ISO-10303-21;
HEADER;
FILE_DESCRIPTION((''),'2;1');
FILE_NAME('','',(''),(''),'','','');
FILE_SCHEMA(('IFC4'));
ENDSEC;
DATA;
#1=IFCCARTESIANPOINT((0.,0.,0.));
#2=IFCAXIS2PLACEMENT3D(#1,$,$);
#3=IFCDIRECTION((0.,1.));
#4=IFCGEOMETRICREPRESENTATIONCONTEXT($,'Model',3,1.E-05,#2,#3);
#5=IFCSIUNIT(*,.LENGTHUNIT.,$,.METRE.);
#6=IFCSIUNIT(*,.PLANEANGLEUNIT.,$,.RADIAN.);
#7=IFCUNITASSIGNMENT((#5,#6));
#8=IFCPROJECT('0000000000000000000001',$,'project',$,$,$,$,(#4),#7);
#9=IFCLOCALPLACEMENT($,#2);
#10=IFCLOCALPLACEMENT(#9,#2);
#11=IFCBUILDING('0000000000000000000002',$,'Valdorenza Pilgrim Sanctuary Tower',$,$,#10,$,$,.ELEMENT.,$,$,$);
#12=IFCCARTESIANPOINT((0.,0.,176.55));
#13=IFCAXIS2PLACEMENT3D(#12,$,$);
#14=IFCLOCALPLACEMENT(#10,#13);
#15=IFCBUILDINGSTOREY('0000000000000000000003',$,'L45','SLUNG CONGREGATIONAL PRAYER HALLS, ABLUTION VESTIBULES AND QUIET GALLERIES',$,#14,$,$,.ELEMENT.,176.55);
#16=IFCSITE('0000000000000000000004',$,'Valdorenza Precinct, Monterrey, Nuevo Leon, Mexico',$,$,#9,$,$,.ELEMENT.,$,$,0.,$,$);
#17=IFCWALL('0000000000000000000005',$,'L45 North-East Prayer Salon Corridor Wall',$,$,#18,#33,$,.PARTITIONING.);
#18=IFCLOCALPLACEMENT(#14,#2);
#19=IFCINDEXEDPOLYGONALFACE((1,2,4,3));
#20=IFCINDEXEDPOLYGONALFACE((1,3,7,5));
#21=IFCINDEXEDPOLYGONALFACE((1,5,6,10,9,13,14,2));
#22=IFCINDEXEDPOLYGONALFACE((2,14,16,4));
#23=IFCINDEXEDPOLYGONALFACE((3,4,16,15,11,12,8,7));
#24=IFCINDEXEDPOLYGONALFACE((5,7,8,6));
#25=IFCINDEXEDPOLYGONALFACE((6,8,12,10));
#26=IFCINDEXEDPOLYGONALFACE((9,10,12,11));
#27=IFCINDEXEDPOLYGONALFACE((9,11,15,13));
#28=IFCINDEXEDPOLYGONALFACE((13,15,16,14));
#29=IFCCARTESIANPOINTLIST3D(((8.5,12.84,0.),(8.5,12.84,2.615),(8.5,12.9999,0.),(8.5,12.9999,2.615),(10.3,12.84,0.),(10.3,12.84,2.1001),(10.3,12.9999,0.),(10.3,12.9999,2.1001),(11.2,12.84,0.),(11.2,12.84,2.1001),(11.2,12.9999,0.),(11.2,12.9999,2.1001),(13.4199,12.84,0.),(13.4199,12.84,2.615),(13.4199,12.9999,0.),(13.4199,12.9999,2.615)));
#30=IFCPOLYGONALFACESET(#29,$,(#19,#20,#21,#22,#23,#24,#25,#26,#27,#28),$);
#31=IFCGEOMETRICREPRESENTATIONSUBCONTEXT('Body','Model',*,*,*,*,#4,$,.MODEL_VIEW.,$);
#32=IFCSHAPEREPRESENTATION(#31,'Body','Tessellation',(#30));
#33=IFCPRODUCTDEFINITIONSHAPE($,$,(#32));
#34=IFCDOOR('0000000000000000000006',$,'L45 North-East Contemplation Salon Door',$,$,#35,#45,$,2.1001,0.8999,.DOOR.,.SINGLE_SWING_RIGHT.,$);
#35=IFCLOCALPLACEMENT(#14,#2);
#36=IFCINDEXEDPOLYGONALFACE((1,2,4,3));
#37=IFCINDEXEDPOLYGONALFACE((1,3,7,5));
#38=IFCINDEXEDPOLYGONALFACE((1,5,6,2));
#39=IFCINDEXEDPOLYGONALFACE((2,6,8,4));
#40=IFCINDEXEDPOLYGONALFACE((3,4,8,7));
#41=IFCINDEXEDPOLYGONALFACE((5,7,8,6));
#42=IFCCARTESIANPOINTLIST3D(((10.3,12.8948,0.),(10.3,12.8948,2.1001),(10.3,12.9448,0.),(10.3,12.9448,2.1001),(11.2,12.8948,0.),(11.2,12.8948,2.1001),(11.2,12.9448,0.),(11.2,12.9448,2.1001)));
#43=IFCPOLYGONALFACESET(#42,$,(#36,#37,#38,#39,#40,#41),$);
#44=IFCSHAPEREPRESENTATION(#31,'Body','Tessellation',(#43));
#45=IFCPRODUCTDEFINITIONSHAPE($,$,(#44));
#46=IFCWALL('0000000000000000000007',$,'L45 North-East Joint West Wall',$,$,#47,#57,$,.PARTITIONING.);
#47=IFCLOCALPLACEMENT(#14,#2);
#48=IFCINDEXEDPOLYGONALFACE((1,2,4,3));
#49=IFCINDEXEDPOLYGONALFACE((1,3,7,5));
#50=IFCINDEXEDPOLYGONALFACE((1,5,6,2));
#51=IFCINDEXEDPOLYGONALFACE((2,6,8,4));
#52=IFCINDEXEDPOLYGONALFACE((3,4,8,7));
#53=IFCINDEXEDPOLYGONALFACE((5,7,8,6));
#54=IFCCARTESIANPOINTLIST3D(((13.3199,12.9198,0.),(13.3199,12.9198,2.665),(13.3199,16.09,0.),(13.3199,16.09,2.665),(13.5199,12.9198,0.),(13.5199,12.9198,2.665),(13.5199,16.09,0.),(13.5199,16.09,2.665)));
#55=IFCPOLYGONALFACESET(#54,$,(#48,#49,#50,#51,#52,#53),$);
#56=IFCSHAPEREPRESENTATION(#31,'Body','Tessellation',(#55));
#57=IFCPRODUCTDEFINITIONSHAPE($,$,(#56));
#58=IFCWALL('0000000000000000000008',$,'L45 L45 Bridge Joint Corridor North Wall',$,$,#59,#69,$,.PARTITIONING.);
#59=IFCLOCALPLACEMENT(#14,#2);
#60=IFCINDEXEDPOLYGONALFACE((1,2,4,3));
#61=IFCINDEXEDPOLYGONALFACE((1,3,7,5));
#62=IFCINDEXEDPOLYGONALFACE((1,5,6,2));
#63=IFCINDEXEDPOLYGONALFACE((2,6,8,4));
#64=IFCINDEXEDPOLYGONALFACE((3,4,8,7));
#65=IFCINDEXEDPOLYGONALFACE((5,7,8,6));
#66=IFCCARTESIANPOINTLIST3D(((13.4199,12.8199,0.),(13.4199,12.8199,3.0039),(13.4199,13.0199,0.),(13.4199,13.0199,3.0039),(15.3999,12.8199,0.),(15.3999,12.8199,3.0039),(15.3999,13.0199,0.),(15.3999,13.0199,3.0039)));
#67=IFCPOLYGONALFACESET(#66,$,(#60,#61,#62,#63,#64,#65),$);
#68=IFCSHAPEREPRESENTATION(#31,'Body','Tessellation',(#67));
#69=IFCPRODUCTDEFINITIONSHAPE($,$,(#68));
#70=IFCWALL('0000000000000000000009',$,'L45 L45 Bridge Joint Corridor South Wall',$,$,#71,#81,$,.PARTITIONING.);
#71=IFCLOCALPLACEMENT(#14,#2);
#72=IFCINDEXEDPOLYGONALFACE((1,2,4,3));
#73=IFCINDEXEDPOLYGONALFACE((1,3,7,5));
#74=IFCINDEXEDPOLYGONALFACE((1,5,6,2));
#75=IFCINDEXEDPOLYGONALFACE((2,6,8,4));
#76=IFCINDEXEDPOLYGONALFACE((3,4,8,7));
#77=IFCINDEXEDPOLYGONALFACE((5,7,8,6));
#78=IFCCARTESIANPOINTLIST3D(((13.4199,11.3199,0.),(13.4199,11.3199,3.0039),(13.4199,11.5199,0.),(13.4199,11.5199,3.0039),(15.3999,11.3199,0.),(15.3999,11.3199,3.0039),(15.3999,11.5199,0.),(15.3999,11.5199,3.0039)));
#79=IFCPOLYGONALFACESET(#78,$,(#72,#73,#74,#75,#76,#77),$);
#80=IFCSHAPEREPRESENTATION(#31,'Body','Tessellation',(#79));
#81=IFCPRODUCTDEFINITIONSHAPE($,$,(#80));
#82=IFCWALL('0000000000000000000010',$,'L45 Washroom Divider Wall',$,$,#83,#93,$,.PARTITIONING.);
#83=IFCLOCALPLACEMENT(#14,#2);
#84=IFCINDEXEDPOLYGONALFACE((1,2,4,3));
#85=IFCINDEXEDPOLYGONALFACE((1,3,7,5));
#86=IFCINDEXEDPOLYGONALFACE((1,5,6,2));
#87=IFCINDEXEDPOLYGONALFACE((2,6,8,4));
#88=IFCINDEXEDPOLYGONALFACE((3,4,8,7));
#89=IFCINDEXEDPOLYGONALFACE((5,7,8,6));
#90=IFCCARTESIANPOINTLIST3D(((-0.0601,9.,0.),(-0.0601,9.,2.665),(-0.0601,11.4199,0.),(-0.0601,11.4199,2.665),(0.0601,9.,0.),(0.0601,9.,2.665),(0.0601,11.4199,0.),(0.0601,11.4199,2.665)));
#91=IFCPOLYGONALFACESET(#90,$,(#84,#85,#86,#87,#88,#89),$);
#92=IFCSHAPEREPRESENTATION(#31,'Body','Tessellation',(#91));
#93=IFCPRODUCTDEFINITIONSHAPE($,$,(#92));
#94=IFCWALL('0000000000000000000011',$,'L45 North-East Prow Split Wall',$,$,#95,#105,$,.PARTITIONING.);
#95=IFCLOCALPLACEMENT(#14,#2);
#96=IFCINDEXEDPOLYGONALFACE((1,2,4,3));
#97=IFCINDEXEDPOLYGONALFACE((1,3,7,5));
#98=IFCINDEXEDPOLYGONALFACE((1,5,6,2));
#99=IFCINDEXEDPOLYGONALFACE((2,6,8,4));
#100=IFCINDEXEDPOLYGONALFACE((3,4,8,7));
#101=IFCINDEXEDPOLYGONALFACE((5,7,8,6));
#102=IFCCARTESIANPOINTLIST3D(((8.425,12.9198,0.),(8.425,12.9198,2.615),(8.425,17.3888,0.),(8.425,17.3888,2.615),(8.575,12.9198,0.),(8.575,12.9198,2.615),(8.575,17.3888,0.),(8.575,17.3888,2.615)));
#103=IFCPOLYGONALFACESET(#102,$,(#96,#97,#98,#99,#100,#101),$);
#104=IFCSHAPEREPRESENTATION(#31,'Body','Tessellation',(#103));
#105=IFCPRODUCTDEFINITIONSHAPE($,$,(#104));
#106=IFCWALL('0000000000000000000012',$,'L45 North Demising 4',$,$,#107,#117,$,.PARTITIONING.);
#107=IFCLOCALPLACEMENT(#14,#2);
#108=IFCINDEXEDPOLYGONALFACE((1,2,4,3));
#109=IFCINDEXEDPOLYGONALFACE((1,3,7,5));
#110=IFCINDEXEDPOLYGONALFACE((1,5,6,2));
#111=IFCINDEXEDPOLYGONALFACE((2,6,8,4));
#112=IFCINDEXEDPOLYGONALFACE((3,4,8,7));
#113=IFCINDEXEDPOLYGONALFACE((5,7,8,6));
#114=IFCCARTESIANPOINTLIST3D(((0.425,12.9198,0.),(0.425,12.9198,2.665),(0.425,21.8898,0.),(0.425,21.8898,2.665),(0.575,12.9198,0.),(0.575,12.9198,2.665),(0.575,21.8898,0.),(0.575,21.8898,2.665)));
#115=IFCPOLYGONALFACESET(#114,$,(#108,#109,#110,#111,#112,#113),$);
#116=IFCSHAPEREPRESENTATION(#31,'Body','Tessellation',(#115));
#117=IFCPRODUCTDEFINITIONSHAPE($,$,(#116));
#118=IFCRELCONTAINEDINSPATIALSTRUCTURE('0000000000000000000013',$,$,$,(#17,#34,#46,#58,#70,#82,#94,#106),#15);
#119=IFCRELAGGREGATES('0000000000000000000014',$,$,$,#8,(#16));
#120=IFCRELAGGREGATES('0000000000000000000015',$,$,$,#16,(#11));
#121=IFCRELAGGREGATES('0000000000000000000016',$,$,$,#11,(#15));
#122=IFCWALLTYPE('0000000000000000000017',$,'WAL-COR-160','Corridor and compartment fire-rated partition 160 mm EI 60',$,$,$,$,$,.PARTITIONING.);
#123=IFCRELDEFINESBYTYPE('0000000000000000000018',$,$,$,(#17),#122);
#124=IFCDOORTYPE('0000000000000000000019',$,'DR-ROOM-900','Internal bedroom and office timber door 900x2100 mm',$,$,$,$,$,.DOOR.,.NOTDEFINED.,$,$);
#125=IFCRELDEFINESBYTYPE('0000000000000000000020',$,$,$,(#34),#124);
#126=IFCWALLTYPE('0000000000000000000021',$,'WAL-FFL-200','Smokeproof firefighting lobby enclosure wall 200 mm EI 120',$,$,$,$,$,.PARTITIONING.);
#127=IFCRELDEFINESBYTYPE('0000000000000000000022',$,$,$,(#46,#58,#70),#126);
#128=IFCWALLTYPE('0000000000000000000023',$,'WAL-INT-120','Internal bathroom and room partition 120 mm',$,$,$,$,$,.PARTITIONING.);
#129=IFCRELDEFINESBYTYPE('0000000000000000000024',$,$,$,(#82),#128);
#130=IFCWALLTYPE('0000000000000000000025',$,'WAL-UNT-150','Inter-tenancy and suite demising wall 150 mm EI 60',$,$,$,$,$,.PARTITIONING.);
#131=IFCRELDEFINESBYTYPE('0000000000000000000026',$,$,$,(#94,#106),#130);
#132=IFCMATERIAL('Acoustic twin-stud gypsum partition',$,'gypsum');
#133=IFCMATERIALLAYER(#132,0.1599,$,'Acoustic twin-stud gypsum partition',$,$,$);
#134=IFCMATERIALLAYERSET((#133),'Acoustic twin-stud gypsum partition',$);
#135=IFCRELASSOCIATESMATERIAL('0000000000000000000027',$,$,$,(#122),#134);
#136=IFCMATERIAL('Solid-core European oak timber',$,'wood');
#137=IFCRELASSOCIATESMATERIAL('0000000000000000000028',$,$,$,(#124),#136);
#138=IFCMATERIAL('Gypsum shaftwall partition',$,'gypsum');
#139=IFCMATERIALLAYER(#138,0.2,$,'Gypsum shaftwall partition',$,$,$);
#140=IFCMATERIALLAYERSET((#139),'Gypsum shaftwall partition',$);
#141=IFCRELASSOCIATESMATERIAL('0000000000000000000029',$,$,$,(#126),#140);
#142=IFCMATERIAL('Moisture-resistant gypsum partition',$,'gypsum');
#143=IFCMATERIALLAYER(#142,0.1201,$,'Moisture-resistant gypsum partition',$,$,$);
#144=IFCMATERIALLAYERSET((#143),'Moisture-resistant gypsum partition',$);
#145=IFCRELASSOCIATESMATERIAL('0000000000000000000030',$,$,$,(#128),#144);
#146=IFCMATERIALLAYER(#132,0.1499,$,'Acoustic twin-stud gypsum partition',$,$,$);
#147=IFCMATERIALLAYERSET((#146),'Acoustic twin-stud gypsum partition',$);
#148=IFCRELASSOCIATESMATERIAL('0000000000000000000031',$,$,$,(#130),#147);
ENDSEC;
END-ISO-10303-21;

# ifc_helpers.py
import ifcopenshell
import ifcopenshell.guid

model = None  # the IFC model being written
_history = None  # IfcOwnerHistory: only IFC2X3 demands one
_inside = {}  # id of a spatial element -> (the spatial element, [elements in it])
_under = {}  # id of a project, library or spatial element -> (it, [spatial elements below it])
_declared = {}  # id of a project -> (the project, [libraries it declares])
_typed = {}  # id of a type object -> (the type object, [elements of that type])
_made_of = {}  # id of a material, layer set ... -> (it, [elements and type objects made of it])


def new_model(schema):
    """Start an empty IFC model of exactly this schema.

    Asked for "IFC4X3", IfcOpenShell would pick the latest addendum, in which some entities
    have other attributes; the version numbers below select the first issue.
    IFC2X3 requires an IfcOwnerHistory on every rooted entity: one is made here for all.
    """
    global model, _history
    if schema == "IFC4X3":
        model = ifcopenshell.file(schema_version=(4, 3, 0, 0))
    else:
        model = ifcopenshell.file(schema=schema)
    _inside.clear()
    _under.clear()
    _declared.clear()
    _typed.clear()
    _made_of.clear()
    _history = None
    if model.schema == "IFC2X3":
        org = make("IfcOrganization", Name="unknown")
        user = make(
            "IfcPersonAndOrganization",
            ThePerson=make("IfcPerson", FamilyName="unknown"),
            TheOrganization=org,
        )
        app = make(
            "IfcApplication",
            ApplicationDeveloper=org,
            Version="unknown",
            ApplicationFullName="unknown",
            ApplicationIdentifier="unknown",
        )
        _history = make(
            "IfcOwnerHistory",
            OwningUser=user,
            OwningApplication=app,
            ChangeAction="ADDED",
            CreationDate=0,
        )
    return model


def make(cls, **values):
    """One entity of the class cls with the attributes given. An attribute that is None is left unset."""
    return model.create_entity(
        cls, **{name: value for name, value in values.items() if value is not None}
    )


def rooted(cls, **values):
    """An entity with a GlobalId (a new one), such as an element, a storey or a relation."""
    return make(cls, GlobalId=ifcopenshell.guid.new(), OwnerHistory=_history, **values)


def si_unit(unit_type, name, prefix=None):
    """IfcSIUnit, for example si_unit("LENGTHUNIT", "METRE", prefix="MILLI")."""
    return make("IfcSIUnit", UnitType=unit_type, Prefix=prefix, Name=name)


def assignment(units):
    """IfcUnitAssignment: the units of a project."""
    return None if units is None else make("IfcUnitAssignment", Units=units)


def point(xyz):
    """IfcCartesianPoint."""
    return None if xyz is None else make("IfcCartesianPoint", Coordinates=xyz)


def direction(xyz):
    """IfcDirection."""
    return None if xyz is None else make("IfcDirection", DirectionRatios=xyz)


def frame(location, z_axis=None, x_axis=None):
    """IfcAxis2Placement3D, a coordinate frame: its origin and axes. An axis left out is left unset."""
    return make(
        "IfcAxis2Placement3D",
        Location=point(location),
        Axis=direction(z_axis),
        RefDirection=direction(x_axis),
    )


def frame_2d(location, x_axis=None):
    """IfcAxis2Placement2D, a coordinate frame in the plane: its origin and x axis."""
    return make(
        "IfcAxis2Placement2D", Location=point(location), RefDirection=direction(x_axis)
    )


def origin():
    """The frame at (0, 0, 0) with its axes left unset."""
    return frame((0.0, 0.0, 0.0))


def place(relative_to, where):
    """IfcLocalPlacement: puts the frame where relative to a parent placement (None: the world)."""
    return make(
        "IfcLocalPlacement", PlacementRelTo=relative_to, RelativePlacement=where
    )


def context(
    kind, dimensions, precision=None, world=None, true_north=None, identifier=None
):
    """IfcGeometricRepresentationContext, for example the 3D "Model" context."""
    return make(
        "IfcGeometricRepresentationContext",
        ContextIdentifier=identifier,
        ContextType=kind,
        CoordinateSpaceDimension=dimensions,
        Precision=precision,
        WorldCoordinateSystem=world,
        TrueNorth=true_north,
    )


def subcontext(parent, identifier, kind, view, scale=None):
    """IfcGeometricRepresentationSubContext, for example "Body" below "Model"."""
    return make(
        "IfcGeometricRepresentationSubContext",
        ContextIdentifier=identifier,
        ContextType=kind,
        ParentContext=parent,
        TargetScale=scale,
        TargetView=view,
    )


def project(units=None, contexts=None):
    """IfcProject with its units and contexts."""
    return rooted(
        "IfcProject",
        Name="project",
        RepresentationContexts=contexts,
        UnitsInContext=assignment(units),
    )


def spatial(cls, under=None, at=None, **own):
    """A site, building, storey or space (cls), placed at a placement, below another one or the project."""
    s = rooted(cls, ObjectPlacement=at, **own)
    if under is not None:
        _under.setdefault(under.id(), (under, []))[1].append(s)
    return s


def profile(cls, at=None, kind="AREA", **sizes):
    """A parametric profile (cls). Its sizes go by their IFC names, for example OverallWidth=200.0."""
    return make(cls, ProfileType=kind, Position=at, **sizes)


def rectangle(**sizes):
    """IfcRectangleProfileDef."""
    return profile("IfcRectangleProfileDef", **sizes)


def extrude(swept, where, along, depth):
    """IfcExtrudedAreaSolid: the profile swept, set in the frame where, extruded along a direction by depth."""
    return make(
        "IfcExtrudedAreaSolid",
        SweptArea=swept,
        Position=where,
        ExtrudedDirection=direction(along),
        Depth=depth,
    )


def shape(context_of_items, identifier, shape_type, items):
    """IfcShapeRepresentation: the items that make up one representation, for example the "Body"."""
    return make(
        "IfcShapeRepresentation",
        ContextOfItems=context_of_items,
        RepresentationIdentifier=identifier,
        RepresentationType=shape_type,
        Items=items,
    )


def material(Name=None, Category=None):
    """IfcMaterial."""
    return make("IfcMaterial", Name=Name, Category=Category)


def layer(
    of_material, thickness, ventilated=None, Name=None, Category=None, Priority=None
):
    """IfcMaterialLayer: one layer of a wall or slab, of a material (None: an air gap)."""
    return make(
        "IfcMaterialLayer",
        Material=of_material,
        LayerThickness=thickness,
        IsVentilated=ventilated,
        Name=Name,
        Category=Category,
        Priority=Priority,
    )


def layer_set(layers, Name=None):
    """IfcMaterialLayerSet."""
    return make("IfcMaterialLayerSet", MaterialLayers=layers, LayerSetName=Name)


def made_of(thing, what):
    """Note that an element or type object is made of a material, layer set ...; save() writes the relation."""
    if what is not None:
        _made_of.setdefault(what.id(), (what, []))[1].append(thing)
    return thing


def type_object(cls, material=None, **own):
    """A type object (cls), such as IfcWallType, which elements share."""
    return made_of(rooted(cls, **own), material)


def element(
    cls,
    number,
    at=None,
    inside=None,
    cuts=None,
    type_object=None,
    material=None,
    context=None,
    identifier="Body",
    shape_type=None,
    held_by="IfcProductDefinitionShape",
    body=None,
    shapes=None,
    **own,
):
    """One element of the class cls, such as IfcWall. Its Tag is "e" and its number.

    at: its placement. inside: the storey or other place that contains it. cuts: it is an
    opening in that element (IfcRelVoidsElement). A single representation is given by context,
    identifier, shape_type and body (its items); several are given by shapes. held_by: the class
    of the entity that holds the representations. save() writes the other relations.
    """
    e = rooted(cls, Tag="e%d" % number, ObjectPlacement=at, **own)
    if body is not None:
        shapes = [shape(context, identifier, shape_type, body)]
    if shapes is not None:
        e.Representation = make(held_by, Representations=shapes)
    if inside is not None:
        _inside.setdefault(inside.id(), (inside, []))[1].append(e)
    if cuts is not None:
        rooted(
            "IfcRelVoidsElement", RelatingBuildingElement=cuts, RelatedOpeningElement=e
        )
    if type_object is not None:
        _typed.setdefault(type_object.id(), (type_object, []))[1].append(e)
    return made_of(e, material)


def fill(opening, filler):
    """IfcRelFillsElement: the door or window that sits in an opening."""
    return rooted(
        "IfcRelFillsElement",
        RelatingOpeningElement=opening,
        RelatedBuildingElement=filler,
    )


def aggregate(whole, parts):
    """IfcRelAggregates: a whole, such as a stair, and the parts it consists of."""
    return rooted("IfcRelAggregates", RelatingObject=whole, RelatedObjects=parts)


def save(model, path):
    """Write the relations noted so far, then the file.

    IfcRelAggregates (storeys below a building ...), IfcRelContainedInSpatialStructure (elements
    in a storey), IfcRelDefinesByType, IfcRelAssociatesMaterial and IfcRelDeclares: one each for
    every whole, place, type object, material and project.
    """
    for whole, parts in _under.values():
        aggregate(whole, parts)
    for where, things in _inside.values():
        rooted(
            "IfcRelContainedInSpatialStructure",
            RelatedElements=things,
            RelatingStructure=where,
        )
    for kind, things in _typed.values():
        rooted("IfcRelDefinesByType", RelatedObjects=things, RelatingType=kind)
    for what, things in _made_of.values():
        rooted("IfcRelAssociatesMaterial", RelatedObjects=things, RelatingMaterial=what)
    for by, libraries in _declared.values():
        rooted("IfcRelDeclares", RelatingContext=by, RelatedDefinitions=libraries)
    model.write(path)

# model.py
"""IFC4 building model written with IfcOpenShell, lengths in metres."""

from ifc_helpers import new_model, si_unit, direction, frame, frame_2d, origin, place, context, subcontext, project, spatial, rectangle, extrude, material, layer, layer_set, type_object, element, fill, save


model = new_model("IFC4")

# Units and contexts
model_context = context("Model", 3, precision=1e-05, world=origin(), true_north=direction((0.0, 1.0)))
body_context = subcontext(model_context, "Body", "Model", "MODEL_VIEW")
ifc_project = project(units=[si_unit("LENGTHUNIT", "METRE"), si_unit("PLANEANGLEUNIT", "RADIAN")], contexts=[model_context])

# Site, building, storey
site_placement = place(None, origin())
site = spatial("IfcSite", under=ifc_project, at=site_placement, Name="Valdorenza Precinct, Monterrey, Nuevo Leon, Mexico", CompositionType="ELEMENT", RefElevation=0.0)
building_placement = place(site_placement, origin())
building = spatial("IfcBuilding", under=site, at=building_placement, Name="Valdorenza Pilgrim Sanctuary Tower", CompositionType="ELEMENT")
storey_placement = place(building_placement, frame((0.0, 0.0, 176.55)))
storey = spatial("IfcBuildingStorey", under=building, at=storey_placement, Name="L45", Description="SLUNG CONGREGATIONAL PRAYER HALLS, ABLUTION VESTIBULES AND QUIET GALLERIES", CompositionType="ELEMENT", Elevation=176.55)

# Shared definitions
ifc_material_1 = material(Name="Acoustic twin-stud gypsum partition", Category="gypsum")
ifc_layer_1 = layer(ifc_material_1, 0.1599, Name="Acoustic twin-stud gypsum partition")
ifc_layer_set_1 = layer_set([ifc_layer_1], Name="Acoustic twin-stud gypsum partition")
wall_type_1 = type_object("IfcWallType", Name="WAL-COR-160", Description="Corridor and compartment fire-rated partition 160 mm EI 60", PredefinedType="PARTITIONING", material=ifc_layer_set_1)

# Wall, opening, door
wall_1_placement = place(storey_placement, frame((8.5, 12.9199, 0.0), z_axis=(0.0, 0.0, 1.0), x_axis=(1.0, 0.0, 0.0)))
wall_1 = element("IfcWall", 1, at=wall_1_placement, inside=storey, type_object=wall_type_1, Name="L45 North-East Prayer Salon Corridor Wall", PredefinedType="PARTITIONING", context=body_context, shape_type="SweptSolid", body=[
    extrude(rectangle(XDim=4.9199, YDim=0.1599, at=frame_2d((2.46, 0.0))), origin(), (0.0, 0.0, 1.0), 2.615),
])
opening_1_placement = place(wall_1_placement, frame((1.8, 0.0, 0.0)))
opening_1 = element("IfcOpeningElement", 2, at=opening_1_placement, cuts=wall_1, PredefinedType="OPENING", context=body_context, shape_type="SweptSolid", body=[
    extrude(rectangle(XDim=0.8999, YDim=2.1001, at=frame_2d((0.45, 1.05))), frame((0.0, 0.0947, 0.0), z_axis=(0.0, -1.0, 0.0), x_axis=(1.0, 0.0, 0.0)), (0.0, 0.0, 1.0), 0.1897),
])
ifc_material_2 = material(Name="Solid-core European oak timber", Category="wood")
door_type_1 = type_object("IfcDoorType", Name="DR-ROOM-900", Description="Internal bedroom and office timber door 900x2100 mm", OperationType="NOTDEFINED", PredefinedType="DOOR", material=ifc_material_2)
door_1_placement = place(opening_1_placement, origin())
door_1 = element("IfcDoor", 3, at=door_1_placement, inside=storey, type_object=door_type_1, Name="L45 North-East Contemplation Salon Door", OperationType="SINGLE_SWING_RIGHT", OverallHeight=2.1001, OverallWidth=0.8999, PredefinedType="DOOR", context=body_context, shape_type="SweptSolid", body=[
    extrude(rectangle(XDim=0.8999, YDim=2.1001, at=frame_2d((0.45, 1.05))), frame((0.0, 0.0249, 0.0), z_axis=(0.0, -1.0, 0.0), x_axis=(1.0, 0.0, 0.0)), (0.0, 0.0, 1.0), 0.05),
])
fill(opening_1, door_1)

# Walls
ifc_material_3 = material(Name="Gypsum shaftwall partition", Category="gypsum")
ifc_layer_2 = layer(ifc_material_3, 0.2, Name="Gypsum shaftwall partition")
ifc_layer_set_2 = layer_set([ifc_layer_2], Name="Gypsum shaftwall partition")
wall_type_2 = type_object("IfcWallType", Name="WAL-FFL-200", Description="Smokeproof firefighting lobby enclosure wall 200 mm EI 120", PredefinedType="PARTITIONING", material=ifc_layer_set_2)
wall_2_placement = place(storey_placement, frame((13.4199, 12.9199, 0.0), z_axis=(0.0, 0.0, 1.0), x_axis=(0.0, 1.0, 0.0)))
element("IfcWall", 4, at=wall_2_placement, inside=storey, type_object=wall_type_2, Name="L45 North-East Joint West Wall", PredefinedType="PARTITIONING", context=body_context, shape_type="SweptSolid", body=[
    extrude(rectangle(XDim=3.1702, YDim=0.2, at=frame_2d((1.585, 0.0))), origin(), (0.0, 0.0, 1.0), 2.665),
])
for number, where, z_axis, x_axis, name in (
    (5, (13.4199, 12.9199, 0.0), (0.0, 0.0, 1.0), (1.0, 0.0, 0.0), "L45 L45 Bridge Joint Corridor North Wall"),
    (6, (13.4199, 11.4199, 0.0), (0.0, 0.0, 1.0), (1.0, 0.0, 0.0), "L45 L45 Bridge Joint Corridor South Wall"),
):
    element("IfcWall", number, at=place(storey_placement, frame(where, z_axis=z_axis, x_axis=x_axis)), inside=storey, type_object=wall_type_2, Name=name, PredefinedType="PARTITIONING", context=body_context, shape_type="SweptSolid", body=[
        extrude(rectangle(XDim=1.98, YDim=0.2, at=frame_2d((0.99, 0.0))), origin(), (0.0, 0.0, 1.0), 3.0039),
    ])

# Walls
ifc_material_4 = material(Name="Moisture-resistant gypsum partition", Category="gypsum")
ifc_layer_3 = layer(ifc_material_4, 0.1201, Name="Moisture-resistant gypsum partition")
ifc_layer_set_3 = layer_set([ifc_layer_3], Name="Moisture-resistant gypsum partition")
wall_type_3 = type_object("IfcWallType", Name="WAL-INT-120", Description="Internal bathroom and room partition 120 mm", PredefinedType="PARTITIONING", material=ifc_layer_set_3)
wall_3_placement = place(storey_placement, frame((0.0, 9.0, 0.0), z_axis=(0.0, 0.0, 1.0), x_axis=(0.0, 1.0, 0.0)))
element("IfcWall", 7, at=wall_3_placement, inside=storey, type_object=wall_type_3, Name="L45 Washroom Divider Wall", PredefinedType="PARTITIONING", context=body_context, shape_type="SweptSolid", body=[
    extrude(rectangle(XDim=2.4199, YDim=0.1201, at=frame_2d((1.21, 0.0))), origin(), (0.0, 0.0, 1.0), 2.665),
])
ifc_layer_4 = layer(ifc_material_1, 0.1499, Name="Acoustic twin-stud gypsum partition")
ifc_layer_set_4 = layer_set([ifc_layer_4], Name="Acoustic twin-stud gypsum partition")
wall_type_4 = type_object("IfcWallType", Name="WAL-UNT-150", Description="Inter-tenancy and suite demising wall 150 mm EI 60", PredefinedType="PARTITIONING", material=ifc_layer_set_4)
wall_4_placement = place(storey_placement, frame((8.5, 12.9199, 0.0), z_axis=(0.0, 0.0, 1.0), x_axis=(0.0, 1.0, 0.0)))
element("IfcWall", 8, at=wall_4_placement, inside=storey, type_object=wall_type_4, Name="L45 North-East Prow Split Wall", PredefinedType="PARTITIONING", context=body_context, shape_type="SweptSolid", body=[
    extrude(rectangle(XDim=4.469, YDim=0.1499, at=frame_2d((2.2344, 0.0))), origin(), (0.0, 0.0, 1.0), 2.615),
])
wall_5_placement = place(storey_placement, frame((0.5, 12.9199, 0.0), z_axis=(0.0, 0.0, 1.0), x_axis=(0.0, 1.0, 0.0)))
element("IfcWall", 9, at=wall_5_placement, inside=storey, type_object=wall_type_4, Name="L45 North Demising 4", PredefinedType="PARTITIONING", context=body_context, shape_type="SweptSolid", body=[
    extrude(rectangle(XDim=8.97, YDim=0.1499, at=frame_2d((4.4849, 0.0))), origin(), (0.0, 0.0, 1.0), 2.665),
])

save(model, "model.ifc")
